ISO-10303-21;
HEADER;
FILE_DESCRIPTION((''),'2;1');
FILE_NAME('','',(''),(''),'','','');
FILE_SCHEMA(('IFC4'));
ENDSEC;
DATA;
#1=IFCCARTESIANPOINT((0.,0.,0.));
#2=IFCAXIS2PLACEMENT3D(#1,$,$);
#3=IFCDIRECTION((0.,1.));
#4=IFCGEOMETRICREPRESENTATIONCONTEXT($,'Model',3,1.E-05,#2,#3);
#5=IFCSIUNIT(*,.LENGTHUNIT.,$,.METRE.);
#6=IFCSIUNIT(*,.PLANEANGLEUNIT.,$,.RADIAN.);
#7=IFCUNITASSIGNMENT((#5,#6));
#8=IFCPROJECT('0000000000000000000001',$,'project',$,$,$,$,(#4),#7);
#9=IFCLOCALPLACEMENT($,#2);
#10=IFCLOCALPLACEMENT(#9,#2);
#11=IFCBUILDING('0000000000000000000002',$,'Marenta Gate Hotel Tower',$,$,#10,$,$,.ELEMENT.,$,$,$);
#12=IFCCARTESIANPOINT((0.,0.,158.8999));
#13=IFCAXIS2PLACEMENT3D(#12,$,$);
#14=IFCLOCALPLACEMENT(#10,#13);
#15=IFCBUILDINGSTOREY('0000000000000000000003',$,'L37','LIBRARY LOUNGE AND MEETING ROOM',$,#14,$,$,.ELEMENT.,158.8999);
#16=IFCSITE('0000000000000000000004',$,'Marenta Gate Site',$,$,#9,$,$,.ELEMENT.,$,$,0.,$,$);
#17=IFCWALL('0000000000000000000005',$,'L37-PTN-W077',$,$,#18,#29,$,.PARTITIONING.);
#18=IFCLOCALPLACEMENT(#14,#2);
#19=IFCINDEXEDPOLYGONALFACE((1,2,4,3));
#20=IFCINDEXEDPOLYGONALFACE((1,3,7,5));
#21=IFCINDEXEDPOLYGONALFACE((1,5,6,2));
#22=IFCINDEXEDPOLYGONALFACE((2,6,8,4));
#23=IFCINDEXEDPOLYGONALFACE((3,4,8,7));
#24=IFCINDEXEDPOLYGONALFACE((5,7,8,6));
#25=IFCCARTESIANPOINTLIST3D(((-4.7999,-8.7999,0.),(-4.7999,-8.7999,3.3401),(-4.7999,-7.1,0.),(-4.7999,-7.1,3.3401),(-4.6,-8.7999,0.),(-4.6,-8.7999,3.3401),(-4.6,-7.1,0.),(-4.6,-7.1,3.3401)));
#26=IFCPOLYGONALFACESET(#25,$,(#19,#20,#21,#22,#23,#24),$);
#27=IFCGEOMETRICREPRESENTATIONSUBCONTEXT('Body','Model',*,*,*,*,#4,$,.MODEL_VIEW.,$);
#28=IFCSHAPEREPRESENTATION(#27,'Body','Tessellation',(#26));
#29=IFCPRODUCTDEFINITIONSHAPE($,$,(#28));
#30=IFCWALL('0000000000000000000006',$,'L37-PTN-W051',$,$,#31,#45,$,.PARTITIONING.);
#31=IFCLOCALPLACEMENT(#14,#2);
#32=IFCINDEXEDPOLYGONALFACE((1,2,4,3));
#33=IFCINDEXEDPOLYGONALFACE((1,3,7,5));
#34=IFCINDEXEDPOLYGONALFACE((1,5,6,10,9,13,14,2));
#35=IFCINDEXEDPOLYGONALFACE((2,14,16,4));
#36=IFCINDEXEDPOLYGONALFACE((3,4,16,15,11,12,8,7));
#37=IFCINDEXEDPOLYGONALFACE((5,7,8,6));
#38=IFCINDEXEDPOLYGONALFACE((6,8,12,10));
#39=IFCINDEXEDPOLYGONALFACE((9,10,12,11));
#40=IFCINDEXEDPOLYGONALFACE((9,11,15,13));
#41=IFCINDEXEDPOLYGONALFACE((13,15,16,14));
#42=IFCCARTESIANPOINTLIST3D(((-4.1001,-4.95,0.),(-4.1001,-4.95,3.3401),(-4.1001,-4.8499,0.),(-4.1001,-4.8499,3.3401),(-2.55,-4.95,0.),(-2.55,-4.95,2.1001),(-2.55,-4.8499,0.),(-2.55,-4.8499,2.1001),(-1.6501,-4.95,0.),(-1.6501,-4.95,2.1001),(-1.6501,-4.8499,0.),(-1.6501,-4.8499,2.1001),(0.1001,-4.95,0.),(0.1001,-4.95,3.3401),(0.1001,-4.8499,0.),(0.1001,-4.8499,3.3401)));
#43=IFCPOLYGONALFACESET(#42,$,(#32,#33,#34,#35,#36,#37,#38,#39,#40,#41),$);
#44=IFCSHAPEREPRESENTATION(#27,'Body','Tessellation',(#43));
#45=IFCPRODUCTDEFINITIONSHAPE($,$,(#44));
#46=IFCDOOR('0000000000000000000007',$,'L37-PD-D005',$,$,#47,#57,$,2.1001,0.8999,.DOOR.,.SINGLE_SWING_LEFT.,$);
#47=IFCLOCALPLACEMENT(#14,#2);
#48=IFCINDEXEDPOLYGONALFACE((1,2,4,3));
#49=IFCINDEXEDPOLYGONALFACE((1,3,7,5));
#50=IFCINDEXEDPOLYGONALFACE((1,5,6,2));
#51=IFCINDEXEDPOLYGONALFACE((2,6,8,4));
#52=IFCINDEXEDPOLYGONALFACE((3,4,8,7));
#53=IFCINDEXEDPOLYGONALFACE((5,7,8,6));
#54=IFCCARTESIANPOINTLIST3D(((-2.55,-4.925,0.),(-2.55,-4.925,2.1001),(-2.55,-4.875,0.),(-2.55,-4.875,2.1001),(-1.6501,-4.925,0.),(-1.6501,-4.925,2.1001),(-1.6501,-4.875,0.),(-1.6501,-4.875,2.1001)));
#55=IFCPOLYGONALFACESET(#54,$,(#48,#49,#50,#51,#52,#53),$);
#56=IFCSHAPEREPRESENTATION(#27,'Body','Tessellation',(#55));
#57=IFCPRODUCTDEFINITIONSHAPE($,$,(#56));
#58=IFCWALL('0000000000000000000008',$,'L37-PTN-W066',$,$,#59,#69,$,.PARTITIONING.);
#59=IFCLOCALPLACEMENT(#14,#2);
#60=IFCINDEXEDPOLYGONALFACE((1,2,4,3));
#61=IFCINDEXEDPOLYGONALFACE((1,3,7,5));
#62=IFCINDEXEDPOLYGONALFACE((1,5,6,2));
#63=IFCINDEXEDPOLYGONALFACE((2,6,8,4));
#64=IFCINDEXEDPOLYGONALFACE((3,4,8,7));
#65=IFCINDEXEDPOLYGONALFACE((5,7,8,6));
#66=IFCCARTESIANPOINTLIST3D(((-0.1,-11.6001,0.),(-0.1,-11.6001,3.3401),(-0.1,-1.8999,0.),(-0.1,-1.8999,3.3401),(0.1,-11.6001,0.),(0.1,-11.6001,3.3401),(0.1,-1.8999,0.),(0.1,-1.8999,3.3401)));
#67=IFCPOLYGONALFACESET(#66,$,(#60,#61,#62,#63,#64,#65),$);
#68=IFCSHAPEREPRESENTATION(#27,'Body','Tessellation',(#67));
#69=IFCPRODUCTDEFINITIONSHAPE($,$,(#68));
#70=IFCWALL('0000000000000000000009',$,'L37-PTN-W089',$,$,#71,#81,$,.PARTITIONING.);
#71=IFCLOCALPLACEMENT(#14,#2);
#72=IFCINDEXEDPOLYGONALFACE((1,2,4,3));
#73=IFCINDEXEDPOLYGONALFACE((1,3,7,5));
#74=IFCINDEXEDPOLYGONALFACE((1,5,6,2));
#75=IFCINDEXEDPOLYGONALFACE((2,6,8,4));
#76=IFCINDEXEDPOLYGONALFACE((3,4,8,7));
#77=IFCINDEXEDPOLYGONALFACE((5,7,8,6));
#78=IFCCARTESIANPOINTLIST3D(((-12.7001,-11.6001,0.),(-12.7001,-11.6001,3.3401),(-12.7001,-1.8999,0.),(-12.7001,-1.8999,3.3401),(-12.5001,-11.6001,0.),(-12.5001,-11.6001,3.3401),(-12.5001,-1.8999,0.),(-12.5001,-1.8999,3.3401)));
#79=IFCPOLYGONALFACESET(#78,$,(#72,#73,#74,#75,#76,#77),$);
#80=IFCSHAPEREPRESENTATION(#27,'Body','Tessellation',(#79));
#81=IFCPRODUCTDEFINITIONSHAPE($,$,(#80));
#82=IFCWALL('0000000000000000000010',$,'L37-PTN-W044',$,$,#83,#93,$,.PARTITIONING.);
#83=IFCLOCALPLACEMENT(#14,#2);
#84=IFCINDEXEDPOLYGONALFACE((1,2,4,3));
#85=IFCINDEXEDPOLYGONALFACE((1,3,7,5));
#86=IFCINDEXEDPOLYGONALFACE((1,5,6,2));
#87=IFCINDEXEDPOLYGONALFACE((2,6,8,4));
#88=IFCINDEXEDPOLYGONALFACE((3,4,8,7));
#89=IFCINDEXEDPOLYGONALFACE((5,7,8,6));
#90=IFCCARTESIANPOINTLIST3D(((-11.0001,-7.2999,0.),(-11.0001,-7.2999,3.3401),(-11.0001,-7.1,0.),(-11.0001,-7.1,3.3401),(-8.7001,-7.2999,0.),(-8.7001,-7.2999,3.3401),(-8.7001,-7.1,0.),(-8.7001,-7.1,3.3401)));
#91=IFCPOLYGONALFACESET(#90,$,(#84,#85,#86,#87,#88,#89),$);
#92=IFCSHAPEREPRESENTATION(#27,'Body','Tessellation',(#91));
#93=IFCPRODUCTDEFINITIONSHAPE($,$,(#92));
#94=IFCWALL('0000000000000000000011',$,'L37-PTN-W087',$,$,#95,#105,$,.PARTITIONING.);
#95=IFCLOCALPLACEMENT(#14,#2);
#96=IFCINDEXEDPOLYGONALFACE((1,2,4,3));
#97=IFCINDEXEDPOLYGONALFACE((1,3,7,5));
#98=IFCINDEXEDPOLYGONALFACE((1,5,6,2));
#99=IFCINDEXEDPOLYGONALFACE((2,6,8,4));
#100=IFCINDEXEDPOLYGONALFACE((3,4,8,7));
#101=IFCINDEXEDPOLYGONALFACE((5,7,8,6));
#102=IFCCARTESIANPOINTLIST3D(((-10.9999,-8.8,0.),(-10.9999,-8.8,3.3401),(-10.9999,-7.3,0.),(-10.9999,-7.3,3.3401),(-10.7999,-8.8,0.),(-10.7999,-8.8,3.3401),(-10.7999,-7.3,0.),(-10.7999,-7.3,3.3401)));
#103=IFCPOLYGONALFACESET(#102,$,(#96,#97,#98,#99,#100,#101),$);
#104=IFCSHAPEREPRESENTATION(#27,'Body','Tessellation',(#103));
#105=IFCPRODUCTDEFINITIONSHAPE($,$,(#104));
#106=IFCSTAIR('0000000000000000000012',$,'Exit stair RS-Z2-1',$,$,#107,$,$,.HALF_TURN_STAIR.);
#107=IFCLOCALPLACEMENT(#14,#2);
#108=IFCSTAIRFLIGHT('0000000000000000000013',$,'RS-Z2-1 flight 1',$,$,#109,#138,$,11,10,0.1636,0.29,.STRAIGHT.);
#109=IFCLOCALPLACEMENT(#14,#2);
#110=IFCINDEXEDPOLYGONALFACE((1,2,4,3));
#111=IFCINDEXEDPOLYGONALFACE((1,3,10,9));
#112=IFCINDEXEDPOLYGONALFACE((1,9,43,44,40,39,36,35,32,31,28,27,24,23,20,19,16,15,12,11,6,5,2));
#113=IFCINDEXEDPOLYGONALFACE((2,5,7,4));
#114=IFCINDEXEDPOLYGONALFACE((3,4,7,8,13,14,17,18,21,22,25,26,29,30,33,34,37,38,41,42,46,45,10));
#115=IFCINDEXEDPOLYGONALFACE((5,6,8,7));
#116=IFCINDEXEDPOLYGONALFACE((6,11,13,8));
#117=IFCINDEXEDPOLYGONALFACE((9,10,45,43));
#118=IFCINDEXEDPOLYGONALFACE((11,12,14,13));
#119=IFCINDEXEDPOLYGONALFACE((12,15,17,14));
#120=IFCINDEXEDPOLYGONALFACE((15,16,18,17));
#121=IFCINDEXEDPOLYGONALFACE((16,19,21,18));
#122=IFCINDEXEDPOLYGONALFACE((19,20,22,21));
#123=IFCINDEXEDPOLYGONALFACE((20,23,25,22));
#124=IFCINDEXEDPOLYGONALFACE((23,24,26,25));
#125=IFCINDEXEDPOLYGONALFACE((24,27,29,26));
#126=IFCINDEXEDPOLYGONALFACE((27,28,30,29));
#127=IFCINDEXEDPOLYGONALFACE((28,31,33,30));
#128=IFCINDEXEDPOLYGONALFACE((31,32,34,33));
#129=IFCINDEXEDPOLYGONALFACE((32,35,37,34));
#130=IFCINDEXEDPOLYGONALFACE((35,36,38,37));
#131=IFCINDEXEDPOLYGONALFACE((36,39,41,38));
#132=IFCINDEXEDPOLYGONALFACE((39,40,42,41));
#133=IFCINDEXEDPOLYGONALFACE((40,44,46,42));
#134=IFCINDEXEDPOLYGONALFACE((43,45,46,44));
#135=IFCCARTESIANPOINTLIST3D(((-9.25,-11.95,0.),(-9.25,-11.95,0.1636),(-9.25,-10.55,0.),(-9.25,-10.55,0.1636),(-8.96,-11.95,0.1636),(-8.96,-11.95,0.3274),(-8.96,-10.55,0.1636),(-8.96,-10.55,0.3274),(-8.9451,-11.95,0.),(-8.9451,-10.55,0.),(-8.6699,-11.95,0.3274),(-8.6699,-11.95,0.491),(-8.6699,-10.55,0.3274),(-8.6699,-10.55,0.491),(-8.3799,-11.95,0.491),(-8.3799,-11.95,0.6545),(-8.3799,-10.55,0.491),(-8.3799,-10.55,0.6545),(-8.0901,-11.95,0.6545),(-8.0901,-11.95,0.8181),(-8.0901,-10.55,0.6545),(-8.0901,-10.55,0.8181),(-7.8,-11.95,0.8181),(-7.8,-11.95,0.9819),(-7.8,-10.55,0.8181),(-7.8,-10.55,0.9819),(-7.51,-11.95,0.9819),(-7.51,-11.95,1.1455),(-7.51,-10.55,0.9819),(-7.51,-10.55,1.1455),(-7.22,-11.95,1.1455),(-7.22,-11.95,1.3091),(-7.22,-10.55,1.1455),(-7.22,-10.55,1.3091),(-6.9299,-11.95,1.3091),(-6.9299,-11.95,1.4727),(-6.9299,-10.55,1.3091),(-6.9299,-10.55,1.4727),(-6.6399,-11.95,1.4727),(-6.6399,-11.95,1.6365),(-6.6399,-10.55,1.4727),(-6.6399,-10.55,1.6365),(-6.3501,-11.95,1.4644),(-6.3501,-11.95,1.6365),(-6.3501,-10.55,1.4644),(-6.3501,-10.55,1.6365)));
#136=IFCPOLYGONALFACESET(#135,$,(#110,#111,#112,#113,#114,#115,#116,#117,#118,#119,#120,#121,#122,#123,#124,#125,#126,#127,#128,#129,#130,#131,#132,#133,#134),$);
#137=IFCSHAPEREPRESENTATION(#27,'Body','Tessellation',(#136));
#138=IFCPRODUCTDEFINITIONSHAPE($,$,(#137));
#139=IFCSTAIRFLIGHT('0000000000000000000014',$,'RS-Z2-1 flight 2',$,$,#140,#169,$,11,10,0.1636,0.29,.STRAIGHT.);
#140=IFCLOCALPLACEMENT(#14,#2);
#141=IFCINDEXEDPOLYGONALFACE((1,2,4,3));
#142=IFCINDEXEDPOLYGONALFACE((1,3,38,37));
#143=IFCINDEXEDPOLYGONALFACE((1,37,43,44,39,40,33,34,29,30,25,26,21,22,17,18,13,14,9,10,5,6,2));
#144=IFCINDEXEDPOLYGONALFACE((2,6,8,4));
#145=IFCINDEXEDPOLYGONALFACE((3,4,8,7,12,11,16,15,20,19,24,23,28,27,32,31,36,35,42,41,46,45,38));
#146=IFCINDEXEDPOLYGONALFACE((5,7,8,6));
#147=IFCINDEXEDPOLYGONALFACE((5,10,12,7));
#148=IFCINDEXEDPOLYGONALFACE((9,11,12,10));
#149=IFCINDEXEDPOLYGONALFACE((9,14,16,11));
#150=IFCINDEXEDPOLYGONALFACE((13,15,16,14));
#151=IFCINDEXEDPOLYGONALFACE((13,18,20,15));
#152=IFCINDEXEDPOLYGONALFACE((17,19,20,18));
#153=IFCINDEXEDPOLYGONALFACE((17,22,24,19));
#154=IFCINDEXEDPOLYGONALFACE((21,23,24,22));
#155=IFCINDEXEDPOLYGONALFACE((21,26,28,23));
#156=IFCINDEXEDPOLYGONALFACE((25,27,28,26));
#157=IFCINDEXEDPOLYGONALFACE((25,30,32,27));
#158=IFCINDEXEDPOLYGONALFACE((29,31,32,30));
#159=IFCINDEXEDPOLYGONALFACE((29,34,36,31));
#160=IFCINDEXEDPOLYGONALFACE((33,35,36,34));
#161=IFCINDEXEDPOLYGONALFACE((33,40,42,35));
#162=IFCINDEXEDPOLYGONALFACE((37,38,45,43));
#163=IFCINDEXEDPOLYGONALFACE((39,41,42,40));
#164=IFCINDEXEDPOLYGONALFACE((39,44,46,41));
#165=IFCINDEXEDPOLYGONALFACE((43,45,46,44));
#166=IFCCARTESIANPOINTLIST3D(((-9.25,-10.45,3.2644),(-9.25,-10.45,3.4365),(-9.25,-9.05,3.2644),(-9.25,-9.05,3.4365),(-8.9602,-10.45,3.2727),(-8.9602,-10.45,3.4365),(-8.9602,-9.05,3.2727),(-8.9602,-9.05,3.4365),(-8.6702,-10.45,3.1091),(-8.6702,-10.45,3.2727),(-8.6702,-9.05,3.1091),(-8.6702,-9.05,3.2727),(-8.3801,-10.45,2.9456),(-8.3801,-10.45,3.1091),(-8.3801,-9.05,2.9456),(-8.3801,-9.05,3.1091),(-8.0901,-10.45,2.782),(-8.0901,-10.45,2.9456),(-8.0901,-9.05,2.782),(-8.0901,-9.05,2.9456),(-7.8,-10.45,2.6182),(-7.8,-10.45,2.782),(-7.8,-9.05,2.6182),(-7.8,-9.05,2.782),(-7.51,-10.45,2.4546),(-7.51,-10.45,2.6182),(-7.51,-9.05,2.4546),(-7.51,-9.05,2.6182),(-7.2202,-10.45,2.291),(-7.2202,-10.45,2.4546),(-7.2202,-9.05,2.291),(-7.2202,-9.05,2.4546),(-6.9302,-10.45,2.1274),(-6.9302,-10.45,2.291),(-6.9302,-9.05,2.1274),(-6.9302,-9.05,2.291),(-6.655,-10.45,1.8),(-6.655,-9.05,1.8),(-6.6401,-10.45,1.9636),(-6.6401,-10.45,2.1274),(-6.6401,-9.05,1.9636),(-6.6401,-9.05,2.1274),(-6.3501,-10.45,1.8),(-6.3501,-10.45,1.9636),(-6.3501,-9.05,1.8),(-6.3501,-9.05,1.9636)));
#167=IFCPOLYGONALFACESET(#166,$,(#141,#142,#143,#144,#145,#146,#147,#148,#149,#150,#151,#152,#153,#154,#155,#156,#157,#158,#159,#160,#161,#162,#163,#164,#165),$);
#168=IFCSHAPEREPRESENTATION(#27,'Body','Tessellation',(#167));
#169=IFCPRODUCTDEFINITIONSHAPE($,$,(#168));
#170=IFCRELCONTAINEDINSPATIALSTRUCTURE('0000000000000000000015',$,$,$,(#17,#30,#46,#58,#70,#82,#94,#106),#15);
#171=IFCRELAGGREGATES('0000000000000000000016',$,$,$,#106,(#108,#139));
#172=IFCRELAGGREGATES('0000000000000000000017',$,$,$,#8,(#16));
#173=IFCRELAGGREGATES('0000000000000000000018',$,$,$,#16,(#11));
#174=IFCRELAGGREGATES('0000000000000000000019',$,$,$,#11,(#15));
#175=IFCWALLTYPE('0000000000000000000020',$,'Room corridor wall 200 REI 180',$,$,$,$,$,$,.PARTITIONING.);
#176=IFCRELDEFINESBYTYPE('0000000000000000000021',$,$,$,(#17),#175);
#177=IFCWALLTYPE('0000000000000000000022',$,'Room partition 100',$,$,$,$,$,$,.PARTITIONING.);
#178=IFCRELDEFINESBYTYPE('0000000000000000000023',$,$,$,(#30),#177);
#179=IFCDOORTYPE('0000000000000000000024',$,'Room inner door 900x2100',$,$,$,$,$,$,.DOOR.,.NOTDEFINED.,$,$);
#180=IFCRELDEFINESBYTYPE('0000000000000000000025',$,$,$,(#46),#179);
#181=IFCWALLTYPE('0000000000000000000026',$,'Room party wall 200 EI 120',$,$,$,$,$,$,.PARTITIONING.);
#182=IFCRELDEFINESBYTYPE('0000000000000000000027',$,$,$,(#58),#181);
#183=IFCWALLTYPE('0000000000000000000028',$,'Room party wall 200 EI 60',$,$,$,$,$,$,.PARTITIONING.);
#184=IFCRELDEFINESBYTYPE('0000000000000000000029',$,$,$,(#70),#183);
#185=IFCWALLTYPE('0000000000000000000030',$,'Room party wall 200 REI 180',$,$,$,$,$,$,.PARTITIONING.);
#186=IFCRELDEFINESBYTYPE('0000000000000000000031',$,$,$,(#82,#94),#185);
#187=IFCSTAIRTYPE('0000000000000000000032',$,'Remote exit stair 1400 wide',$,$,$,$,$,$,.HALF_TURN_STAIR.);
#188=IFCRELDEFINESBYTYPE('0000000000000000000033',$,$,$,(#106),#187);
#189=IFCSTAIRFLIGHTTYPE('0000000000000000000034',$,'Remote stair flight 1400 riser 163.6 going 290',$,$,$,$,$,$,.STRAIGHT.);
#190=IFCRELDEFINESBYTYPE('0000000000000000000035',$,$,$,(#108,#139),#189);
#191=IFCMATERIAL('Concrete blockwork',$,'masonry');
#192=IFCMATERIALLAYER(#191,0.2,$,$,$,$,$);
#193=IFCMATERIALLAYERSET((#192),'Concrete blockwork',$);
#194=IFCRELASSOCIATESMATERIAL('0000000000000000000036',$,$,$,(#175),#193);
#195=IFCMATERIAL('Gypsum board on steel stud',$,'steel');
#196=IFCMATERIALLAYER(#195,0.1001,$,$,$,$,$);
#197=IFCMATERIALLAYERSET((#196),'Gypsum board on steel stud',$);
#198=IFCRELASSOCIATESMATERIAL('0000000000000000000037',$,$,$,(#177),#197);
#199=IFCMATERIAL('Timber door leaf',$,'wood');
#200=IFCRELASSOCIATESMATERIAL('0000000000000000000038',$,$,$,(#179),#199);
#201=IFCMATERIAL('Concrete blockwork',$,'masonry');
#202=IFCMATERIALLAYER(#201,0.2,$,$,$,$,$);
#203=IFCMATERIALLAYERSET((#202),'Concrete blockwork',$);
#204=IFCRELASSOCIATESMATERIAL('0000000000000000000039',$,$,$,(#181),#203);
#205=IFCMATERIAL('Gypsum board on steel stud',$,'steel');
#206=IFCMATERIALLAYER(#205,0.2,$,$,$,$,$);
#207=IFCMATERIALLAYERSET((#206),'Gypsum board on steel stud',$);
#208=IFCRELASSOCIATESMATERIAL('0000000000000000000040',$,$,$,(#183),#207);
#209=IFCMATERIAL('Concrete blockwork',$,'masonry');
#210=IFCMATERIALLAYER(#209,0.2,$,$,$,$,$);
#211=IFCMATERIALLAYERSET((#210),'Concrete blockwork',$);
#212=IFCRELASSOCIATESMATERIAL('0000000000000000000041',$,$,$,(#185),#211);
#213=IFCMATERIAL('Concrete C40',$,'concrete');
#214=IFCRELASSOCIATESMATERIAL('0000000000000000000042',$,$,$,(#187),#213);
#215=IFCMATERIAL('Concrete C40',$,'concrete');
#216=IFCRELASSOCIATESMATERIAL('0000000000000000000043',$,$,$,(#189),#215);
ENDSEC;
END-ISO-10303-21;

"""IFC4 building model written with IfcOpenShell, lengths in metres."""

from ifc_helpers import new_model, si_unit, direction, frame, frame_2d, origin, place, context, subcontext, project, spatial, polyline, rectangle, outline, extrude, material, layer, layer_set, type_object, element, fill, aggregate, save


model = new_model("IFC4")

# Units and contexts
model_context = context("Model", 3, precision=1e-05, world=origin(), true_north=direction((0.0, 1.0)))
body_context = subcontext(model_context, "Body", "Model", "MODEL_VIEW")
ifc_project = project(units=[si_unit("LENGTHUNIT", "METRE"), si_unit("PLANEANGLEUNIT", "RADIAN")], contexts=[model_context])

# Site, building, storey
site_placement = place(None, origin())
site = spatial("IfcSite", under=ifc_project, at=site_placement, Name="Marenta Gate Site", CompositionType="ELEMENT", RefElevation=0.0)
building_placement = place(site_placement, origin())
building = spatial("IfcBuilding", under=site, at=building_placement, Name="Marenta Gate Hotel Tower", CompositionType="ELEMENT")
storey_placement = place(building_placement, frame((0.0, 0.0, 158.8999)))
storey = spatial("IfcBuildingStorey", under=building, at=storey_placement, Name="L37", Description="LIBRARY LOUNGE AND MEETING ROOM", CompositionType="ELEMENT", Elevation=158.8999)

# Shared definitions
ifc_material_1 = material(Name="Concrete blockwork", Category="masonry")
ifc_layer_1 = layer(ifc_material_1, 0.2)
ifc_layer_set_1 = layer_set([ifc_layer_1], Name="Concrete blockwork")
wall_type_1 = type_object("IfcWallType", Name="Room corridor wall 200 REI 180", PredefinedType="PARTITIONING", material=ifc_layer_set_1)

# Wall
wall_1_placement = place(storey_placement, frame((-4.7, -8.8, 0.0), z_axis=(0.0, 0.0, 1.0), x_axis=(0.0, 1.0, 0.0)))
element("IfcWall", 1, at=wall_1_placement, inside=storey, type_object=wall_type_1, Name="L37-PTN-W077", PredefinedType="PARTITIONING", context=body_context, shape_type="SweptSolid", body=[
    extrude(rectangle(XDim=1.7, YDim=0.2, at=frame_2d((0.8501, 0.0))), origin(), (0.0, 0.0, 1.0), 3.3401),
])

# Wall, opening, door
ifc_material_2 = material(Name="Gypsum board on steel stud", Category="steel")
ifc_layer_2 = layer(ifc_material_2, 0.1001)
ifc_layer_set_2 = layer_set([ifc_layer_2], Name="Gypsum board on steel stud")
wall_type_2 = type_object("IfcWallType", Name="Room partition 100", PredefinedType="PARTITIONING", material=ifc_layer_set_2)
wall_2_placement = place(storey_placement, frame((-4.1001, -4.8999, 0.0), z_axis=(0.0, 0.0, 1.0), x_axis=(1.0, 0.0, 0.0)))
wall_2 = element("IfcWall", 2, at=wall_2_placement, inside=storey, type_object=wall_type_2, Name="L37-PTN-W051", PredefinedType="PARTITIONING", context=body_context, shape_type="SweptSolid", body=[
    extrude(rectangle(XDim=4.2002, YDim=0.1001, at=frame_2d((2.1001, 0.0))), origin(), (0.0, 0.0, 1.0), 3.3401),
])
opening_1_placement = place(wall_2_placement, frame((1.55, 0.0, 0.0)))
opening_1 = element("IfcOpeningElement", 3, at=opening_1_placement, cuts=wall_2, PredefinedType="OPENING", context=body_context, shape_type="SweptSolid", body=[
    extrude(rectangle(XDim=0.8999, YDim=2.1001, at=frame_2d((0.45, 1.05))), frame((0.0, 0.05, 0.0), z_axis=(0.0, -1.0, 0.0), x_axis=(1.0, 0.0, 0.0)), (0.0, 0.0, 1.0), 0.1001),
])
ifc_material_3 = material(Name="Timber door leaf", Category="wood")
door_type_1 = type_object("IfcDoorType", Name="Room inner door 900x2100", OperationType="NOTDEFINED", PredefinedType="DOOR", material=ifc_material_3)
door_1_placement = place(opening_1_placement, origin())
door_1 = element("IfcDoor", 4, at=door_1_placement, inside=storey, type_object=door_type_1, Name="L37-PD-D005", OperationType="SINGLE_SWING_LEFT", OverallHeight=2.1001, OverallWidth=0.8999, PredefinedType="DOOR", context=body_context, shape_type="SweptSolid", body=[
    extrude(rectangle(XDim=0.8999, YDim=2.1001, at=frame_2d((0.45, 1.05))), frame((0.0, 0.0249, 0.0), z_axis=(0.0, -1.0, 0.0), x_axis=(1.0, 0.0, 0.0)), (0.0, 0.0, 1.0), 0.05),
])
fill(opening_1, door_1)

# Walls
ifc_material_4 = material(Name="Concrete blockwork", Category="masonry")
ifc_layer_3 = layer(ifc_material_4, 0.2)
ifc_layer_set_3 = layer_set([ifc_layer_3], Name="Concrete blockwork")
wall_type_3 = type_object("IfcWallType", Name="Room party wall 200 EI 120", PredefinedType="PARTITIONING", material=ifc_layer_set_3)
wall_3_placement = place(storey_placement, frame((0.0, -11.6001, 0.0), z_axis=(0.0, 0.0, 1.0), x_axis=(0.0, 1.0, 0.0)))
element("IfcWall", 5, at=wall_3_placement, inside=storey, type_object=wall_type_3, Name="L37-PTN-W066", PredefinedType="PARTITIONING", context=body_context, shape_type="SweptSolid", body=[
    extrude(rectangle(XDim=9.7002, YDim=0.2, at=frame_2d((4.8501, 0.0))), origin(), (0.0, 0.0, 1.0), 3.3401),
])
ifc_material_5 = material(Name="Gypsum board on steel stud", Category="steel")
ifc_layer_4 = layer(ifc_material_5, 0.2)
ifc_layer_set_4 = layer_set([ifc_layer_4], Name="Gypsum board on steel stud")
wall_type_4 = type_object("IfcWallType", Name="Room party wall 200 EI 60", PredefinedType="PARTITIONING", material=ifc_layer_set_4)
wall_4_placement = place(storey_placement, frame((-12.6001, -11.6001, 0.0), z_axis=(0.0, 0.0, 1.0), x_axis=(0.0, 1.0, 0.0)))
element("IfcWall", 6, at=wall_4_placement, inside=storey, type_object=wall_type_4, Name="L37-PTN-W089", PredefinedType="PARTITIONING", context=body_context, shape_type="SweptSolid", body=[
    extrude(rectangle(XDim=9.7002, YDim=0.2, at=frame_2d((4.8501, 0.0))), origin(), (0.0, 0.0, 1.0), 3.3401),
])
ifc_material_6 = material(Name="Concrete blockwork", Category="masonry")
ifc_layer_5 = layer(ifc_material_6, 0.2)
ifc_layer_set_5 = layer_set([ifc_layer_5], Name="Concrete blockwork")
wall_type_5 = type_object("IfcWallType", Name="Room party wall 200 REI 180", PredefinedType="PARTITIONING", material=ifc_layer_set_5)
wall_5_placement = place(storey_placement, frame((-11.0, -7.2, 0.0), z_axis=(0.0, 0.0, 1.0), x_axis=(1.0, 0.0, 0.0)))
element("IfcWall", 7, at=wall_5_placement, inside=storey, type_object=wall_type_5, Name="L37-PTN-W044", PredefinedType="PARTITIONING", context=body_context, shape_type="SweptSolid", body=[
    extrude(rectangle(XDim=2.3, YDim=0.2, at=frame_2d((1.1499, 0.0))), origin(), (0.0, 0.0, 1.0), 3.3401),
])
wall_6_placement = place(storey_placement, frame((-10.8999, -8.8, 0.0), z_axis=(0.0, 0.0, 1.0), x_axis=(0.0, 1.0, 0.0)))
element("IfcWall", 8, at=wall_6_placement, inside=storey, type_object=wall_type_5, Name="L37-PTN-W087", PredefinedType="PARTITIONING", context=body_context, shape_type="SweptSolid", body=[
    extrude(rectangle(XDim=1.5, YDim=0.2, at=frame_2d((0.75, 0.0))), origin(), (0.0, 0.0, 1.0), 3.3401),
])

# Stair, stair flights
ifc_material_7 = material(Name="Concrete C40", Category="concrete")
stair_type = type_object("IfcStairType", Name="Remote exit stair 1400 wide", PredefinedType="HALF_TURN_STAIR", material=ifc_material_7)
stair_placement = place(storey_placement, origin())
stair = element("IfcStair", 9, at=stair_placement, inside=storey, type_object=stair_type, Name="Exit stair RS-Z2-1", PredefinedType="HALF_TURN_STAIR")
ifc_material_8 = material(Name="Concrete C40", Category="concrete")
stair_flight_type = type_object("IfcStairFlightType", Name="Remote stair flight 1400 riser 163.6 going 290", PredefinedType="STRAIGHT", material=ifc_material_8)
stair_flight_1_placement = place(storey_placement, frame((-9.25, -11.25, 0.0), z_axis=(0.0, 0.0, 1.0), x_axis=(1.0, 0.0, 0.0)))
stair_flight_1 = element("IfcStairFlight", 10, at=stair_flight_1_placement, type_object=stair_flight_type, Name="RS-Z2-1 flight 1", NumberOfRisers=11, NumberOfTreads=10, PredefinedType="STRAIGHT", RiserHeight=0.1636, TreadLength=0.29, context=body_context, shape_type="SweptSolid", body=[
    extrude(outline(polyline([(0.0, 0.0), (0.0, 0.1636), (0.29, 0.1636), (0.29, 0.3274), (0.5801, 0.3274), (0.5801, 0.491), (0.8701, 0.491), (0.8701, 0.6545), (1.1599, 0.6545), (1.1599, 0.8181), (1.45, 0.8181), (1.45, 0.9819), (1.74, 0.9819), (1.74, 1.1455), (2.03, 1.1455), (2.03, 1.3091), (2.3201, 1.3091), (2.3201, 1.4727), (2.6101, 1.4727), (2.6101, 1.6365), (2.8999, 1.6365), (2.8999, 1.8), (2.8999, 1.4644), (0.3049, 0.0), (0.0, 0.0)])), frame((0.0, 0.7, 0.0), z_axis=(0.0, -1.0, 0.0), x_axis=(1.0, 0.0, 0.0)), (0.0, 0.0, 1.0), 1.3999),
])
stair_flight_2_placement = place(storey_placement, frame((-6.3501, -9.75, 1.8), z_axis=(0.0, 0.0, 1.0), x_axis=(-1.0, 0.0, 0.0)))
stair_flight_2 = element("IfcStairFlight", 11, at=stair_flight_2_placement, type_object=stair_flight_type, Name="RS-Z2-1 flight 2", NumberOfRisers=11, NumberOfTreads=10, PredefinedType="STRAIGHT", RiserHeight=0.1636, TreadLength=0.29, context=body_context, shape_type="SweptSolid", body=[
    extrude(outline(polyline([(0.0, 0.0), (0.0, 0.1636), (0.29, 0.1636), (0.29, 0.3274), (0.5801, 0.3274), (0.5801, 0.491), (0.8701, 0.491), (0.8701, 0.6545), (1.1599, 0.6545), (1.1599, 0.8181), (1.45, 0.8181), (1.45, 0.9819), (1.74, 0.9819), (1.74, 1.1455), (2.03, 1.1455), (2.03, 1.3091), (2.3201, 1.3091), (2.3201, 1.4727), (2.6101, 1.4727), (2.6101, 1.6365), (2.8999, 1.6365), (2.8999, 1.8), (2.8999, 1.4644), (0.3049, 0.0), (0.0, 0.0)])), frame((0.0, 0.7, 0.0), z_axis=(0.0, -1.0, 0.0), x_axis=(1.0, 0.0, 0.0)), (0.0, 0.0, 1.0), 1.3999),
])
aggregate(stair, [stair_flight_1, stair_flight_2])

save(model, "model.ifc")
